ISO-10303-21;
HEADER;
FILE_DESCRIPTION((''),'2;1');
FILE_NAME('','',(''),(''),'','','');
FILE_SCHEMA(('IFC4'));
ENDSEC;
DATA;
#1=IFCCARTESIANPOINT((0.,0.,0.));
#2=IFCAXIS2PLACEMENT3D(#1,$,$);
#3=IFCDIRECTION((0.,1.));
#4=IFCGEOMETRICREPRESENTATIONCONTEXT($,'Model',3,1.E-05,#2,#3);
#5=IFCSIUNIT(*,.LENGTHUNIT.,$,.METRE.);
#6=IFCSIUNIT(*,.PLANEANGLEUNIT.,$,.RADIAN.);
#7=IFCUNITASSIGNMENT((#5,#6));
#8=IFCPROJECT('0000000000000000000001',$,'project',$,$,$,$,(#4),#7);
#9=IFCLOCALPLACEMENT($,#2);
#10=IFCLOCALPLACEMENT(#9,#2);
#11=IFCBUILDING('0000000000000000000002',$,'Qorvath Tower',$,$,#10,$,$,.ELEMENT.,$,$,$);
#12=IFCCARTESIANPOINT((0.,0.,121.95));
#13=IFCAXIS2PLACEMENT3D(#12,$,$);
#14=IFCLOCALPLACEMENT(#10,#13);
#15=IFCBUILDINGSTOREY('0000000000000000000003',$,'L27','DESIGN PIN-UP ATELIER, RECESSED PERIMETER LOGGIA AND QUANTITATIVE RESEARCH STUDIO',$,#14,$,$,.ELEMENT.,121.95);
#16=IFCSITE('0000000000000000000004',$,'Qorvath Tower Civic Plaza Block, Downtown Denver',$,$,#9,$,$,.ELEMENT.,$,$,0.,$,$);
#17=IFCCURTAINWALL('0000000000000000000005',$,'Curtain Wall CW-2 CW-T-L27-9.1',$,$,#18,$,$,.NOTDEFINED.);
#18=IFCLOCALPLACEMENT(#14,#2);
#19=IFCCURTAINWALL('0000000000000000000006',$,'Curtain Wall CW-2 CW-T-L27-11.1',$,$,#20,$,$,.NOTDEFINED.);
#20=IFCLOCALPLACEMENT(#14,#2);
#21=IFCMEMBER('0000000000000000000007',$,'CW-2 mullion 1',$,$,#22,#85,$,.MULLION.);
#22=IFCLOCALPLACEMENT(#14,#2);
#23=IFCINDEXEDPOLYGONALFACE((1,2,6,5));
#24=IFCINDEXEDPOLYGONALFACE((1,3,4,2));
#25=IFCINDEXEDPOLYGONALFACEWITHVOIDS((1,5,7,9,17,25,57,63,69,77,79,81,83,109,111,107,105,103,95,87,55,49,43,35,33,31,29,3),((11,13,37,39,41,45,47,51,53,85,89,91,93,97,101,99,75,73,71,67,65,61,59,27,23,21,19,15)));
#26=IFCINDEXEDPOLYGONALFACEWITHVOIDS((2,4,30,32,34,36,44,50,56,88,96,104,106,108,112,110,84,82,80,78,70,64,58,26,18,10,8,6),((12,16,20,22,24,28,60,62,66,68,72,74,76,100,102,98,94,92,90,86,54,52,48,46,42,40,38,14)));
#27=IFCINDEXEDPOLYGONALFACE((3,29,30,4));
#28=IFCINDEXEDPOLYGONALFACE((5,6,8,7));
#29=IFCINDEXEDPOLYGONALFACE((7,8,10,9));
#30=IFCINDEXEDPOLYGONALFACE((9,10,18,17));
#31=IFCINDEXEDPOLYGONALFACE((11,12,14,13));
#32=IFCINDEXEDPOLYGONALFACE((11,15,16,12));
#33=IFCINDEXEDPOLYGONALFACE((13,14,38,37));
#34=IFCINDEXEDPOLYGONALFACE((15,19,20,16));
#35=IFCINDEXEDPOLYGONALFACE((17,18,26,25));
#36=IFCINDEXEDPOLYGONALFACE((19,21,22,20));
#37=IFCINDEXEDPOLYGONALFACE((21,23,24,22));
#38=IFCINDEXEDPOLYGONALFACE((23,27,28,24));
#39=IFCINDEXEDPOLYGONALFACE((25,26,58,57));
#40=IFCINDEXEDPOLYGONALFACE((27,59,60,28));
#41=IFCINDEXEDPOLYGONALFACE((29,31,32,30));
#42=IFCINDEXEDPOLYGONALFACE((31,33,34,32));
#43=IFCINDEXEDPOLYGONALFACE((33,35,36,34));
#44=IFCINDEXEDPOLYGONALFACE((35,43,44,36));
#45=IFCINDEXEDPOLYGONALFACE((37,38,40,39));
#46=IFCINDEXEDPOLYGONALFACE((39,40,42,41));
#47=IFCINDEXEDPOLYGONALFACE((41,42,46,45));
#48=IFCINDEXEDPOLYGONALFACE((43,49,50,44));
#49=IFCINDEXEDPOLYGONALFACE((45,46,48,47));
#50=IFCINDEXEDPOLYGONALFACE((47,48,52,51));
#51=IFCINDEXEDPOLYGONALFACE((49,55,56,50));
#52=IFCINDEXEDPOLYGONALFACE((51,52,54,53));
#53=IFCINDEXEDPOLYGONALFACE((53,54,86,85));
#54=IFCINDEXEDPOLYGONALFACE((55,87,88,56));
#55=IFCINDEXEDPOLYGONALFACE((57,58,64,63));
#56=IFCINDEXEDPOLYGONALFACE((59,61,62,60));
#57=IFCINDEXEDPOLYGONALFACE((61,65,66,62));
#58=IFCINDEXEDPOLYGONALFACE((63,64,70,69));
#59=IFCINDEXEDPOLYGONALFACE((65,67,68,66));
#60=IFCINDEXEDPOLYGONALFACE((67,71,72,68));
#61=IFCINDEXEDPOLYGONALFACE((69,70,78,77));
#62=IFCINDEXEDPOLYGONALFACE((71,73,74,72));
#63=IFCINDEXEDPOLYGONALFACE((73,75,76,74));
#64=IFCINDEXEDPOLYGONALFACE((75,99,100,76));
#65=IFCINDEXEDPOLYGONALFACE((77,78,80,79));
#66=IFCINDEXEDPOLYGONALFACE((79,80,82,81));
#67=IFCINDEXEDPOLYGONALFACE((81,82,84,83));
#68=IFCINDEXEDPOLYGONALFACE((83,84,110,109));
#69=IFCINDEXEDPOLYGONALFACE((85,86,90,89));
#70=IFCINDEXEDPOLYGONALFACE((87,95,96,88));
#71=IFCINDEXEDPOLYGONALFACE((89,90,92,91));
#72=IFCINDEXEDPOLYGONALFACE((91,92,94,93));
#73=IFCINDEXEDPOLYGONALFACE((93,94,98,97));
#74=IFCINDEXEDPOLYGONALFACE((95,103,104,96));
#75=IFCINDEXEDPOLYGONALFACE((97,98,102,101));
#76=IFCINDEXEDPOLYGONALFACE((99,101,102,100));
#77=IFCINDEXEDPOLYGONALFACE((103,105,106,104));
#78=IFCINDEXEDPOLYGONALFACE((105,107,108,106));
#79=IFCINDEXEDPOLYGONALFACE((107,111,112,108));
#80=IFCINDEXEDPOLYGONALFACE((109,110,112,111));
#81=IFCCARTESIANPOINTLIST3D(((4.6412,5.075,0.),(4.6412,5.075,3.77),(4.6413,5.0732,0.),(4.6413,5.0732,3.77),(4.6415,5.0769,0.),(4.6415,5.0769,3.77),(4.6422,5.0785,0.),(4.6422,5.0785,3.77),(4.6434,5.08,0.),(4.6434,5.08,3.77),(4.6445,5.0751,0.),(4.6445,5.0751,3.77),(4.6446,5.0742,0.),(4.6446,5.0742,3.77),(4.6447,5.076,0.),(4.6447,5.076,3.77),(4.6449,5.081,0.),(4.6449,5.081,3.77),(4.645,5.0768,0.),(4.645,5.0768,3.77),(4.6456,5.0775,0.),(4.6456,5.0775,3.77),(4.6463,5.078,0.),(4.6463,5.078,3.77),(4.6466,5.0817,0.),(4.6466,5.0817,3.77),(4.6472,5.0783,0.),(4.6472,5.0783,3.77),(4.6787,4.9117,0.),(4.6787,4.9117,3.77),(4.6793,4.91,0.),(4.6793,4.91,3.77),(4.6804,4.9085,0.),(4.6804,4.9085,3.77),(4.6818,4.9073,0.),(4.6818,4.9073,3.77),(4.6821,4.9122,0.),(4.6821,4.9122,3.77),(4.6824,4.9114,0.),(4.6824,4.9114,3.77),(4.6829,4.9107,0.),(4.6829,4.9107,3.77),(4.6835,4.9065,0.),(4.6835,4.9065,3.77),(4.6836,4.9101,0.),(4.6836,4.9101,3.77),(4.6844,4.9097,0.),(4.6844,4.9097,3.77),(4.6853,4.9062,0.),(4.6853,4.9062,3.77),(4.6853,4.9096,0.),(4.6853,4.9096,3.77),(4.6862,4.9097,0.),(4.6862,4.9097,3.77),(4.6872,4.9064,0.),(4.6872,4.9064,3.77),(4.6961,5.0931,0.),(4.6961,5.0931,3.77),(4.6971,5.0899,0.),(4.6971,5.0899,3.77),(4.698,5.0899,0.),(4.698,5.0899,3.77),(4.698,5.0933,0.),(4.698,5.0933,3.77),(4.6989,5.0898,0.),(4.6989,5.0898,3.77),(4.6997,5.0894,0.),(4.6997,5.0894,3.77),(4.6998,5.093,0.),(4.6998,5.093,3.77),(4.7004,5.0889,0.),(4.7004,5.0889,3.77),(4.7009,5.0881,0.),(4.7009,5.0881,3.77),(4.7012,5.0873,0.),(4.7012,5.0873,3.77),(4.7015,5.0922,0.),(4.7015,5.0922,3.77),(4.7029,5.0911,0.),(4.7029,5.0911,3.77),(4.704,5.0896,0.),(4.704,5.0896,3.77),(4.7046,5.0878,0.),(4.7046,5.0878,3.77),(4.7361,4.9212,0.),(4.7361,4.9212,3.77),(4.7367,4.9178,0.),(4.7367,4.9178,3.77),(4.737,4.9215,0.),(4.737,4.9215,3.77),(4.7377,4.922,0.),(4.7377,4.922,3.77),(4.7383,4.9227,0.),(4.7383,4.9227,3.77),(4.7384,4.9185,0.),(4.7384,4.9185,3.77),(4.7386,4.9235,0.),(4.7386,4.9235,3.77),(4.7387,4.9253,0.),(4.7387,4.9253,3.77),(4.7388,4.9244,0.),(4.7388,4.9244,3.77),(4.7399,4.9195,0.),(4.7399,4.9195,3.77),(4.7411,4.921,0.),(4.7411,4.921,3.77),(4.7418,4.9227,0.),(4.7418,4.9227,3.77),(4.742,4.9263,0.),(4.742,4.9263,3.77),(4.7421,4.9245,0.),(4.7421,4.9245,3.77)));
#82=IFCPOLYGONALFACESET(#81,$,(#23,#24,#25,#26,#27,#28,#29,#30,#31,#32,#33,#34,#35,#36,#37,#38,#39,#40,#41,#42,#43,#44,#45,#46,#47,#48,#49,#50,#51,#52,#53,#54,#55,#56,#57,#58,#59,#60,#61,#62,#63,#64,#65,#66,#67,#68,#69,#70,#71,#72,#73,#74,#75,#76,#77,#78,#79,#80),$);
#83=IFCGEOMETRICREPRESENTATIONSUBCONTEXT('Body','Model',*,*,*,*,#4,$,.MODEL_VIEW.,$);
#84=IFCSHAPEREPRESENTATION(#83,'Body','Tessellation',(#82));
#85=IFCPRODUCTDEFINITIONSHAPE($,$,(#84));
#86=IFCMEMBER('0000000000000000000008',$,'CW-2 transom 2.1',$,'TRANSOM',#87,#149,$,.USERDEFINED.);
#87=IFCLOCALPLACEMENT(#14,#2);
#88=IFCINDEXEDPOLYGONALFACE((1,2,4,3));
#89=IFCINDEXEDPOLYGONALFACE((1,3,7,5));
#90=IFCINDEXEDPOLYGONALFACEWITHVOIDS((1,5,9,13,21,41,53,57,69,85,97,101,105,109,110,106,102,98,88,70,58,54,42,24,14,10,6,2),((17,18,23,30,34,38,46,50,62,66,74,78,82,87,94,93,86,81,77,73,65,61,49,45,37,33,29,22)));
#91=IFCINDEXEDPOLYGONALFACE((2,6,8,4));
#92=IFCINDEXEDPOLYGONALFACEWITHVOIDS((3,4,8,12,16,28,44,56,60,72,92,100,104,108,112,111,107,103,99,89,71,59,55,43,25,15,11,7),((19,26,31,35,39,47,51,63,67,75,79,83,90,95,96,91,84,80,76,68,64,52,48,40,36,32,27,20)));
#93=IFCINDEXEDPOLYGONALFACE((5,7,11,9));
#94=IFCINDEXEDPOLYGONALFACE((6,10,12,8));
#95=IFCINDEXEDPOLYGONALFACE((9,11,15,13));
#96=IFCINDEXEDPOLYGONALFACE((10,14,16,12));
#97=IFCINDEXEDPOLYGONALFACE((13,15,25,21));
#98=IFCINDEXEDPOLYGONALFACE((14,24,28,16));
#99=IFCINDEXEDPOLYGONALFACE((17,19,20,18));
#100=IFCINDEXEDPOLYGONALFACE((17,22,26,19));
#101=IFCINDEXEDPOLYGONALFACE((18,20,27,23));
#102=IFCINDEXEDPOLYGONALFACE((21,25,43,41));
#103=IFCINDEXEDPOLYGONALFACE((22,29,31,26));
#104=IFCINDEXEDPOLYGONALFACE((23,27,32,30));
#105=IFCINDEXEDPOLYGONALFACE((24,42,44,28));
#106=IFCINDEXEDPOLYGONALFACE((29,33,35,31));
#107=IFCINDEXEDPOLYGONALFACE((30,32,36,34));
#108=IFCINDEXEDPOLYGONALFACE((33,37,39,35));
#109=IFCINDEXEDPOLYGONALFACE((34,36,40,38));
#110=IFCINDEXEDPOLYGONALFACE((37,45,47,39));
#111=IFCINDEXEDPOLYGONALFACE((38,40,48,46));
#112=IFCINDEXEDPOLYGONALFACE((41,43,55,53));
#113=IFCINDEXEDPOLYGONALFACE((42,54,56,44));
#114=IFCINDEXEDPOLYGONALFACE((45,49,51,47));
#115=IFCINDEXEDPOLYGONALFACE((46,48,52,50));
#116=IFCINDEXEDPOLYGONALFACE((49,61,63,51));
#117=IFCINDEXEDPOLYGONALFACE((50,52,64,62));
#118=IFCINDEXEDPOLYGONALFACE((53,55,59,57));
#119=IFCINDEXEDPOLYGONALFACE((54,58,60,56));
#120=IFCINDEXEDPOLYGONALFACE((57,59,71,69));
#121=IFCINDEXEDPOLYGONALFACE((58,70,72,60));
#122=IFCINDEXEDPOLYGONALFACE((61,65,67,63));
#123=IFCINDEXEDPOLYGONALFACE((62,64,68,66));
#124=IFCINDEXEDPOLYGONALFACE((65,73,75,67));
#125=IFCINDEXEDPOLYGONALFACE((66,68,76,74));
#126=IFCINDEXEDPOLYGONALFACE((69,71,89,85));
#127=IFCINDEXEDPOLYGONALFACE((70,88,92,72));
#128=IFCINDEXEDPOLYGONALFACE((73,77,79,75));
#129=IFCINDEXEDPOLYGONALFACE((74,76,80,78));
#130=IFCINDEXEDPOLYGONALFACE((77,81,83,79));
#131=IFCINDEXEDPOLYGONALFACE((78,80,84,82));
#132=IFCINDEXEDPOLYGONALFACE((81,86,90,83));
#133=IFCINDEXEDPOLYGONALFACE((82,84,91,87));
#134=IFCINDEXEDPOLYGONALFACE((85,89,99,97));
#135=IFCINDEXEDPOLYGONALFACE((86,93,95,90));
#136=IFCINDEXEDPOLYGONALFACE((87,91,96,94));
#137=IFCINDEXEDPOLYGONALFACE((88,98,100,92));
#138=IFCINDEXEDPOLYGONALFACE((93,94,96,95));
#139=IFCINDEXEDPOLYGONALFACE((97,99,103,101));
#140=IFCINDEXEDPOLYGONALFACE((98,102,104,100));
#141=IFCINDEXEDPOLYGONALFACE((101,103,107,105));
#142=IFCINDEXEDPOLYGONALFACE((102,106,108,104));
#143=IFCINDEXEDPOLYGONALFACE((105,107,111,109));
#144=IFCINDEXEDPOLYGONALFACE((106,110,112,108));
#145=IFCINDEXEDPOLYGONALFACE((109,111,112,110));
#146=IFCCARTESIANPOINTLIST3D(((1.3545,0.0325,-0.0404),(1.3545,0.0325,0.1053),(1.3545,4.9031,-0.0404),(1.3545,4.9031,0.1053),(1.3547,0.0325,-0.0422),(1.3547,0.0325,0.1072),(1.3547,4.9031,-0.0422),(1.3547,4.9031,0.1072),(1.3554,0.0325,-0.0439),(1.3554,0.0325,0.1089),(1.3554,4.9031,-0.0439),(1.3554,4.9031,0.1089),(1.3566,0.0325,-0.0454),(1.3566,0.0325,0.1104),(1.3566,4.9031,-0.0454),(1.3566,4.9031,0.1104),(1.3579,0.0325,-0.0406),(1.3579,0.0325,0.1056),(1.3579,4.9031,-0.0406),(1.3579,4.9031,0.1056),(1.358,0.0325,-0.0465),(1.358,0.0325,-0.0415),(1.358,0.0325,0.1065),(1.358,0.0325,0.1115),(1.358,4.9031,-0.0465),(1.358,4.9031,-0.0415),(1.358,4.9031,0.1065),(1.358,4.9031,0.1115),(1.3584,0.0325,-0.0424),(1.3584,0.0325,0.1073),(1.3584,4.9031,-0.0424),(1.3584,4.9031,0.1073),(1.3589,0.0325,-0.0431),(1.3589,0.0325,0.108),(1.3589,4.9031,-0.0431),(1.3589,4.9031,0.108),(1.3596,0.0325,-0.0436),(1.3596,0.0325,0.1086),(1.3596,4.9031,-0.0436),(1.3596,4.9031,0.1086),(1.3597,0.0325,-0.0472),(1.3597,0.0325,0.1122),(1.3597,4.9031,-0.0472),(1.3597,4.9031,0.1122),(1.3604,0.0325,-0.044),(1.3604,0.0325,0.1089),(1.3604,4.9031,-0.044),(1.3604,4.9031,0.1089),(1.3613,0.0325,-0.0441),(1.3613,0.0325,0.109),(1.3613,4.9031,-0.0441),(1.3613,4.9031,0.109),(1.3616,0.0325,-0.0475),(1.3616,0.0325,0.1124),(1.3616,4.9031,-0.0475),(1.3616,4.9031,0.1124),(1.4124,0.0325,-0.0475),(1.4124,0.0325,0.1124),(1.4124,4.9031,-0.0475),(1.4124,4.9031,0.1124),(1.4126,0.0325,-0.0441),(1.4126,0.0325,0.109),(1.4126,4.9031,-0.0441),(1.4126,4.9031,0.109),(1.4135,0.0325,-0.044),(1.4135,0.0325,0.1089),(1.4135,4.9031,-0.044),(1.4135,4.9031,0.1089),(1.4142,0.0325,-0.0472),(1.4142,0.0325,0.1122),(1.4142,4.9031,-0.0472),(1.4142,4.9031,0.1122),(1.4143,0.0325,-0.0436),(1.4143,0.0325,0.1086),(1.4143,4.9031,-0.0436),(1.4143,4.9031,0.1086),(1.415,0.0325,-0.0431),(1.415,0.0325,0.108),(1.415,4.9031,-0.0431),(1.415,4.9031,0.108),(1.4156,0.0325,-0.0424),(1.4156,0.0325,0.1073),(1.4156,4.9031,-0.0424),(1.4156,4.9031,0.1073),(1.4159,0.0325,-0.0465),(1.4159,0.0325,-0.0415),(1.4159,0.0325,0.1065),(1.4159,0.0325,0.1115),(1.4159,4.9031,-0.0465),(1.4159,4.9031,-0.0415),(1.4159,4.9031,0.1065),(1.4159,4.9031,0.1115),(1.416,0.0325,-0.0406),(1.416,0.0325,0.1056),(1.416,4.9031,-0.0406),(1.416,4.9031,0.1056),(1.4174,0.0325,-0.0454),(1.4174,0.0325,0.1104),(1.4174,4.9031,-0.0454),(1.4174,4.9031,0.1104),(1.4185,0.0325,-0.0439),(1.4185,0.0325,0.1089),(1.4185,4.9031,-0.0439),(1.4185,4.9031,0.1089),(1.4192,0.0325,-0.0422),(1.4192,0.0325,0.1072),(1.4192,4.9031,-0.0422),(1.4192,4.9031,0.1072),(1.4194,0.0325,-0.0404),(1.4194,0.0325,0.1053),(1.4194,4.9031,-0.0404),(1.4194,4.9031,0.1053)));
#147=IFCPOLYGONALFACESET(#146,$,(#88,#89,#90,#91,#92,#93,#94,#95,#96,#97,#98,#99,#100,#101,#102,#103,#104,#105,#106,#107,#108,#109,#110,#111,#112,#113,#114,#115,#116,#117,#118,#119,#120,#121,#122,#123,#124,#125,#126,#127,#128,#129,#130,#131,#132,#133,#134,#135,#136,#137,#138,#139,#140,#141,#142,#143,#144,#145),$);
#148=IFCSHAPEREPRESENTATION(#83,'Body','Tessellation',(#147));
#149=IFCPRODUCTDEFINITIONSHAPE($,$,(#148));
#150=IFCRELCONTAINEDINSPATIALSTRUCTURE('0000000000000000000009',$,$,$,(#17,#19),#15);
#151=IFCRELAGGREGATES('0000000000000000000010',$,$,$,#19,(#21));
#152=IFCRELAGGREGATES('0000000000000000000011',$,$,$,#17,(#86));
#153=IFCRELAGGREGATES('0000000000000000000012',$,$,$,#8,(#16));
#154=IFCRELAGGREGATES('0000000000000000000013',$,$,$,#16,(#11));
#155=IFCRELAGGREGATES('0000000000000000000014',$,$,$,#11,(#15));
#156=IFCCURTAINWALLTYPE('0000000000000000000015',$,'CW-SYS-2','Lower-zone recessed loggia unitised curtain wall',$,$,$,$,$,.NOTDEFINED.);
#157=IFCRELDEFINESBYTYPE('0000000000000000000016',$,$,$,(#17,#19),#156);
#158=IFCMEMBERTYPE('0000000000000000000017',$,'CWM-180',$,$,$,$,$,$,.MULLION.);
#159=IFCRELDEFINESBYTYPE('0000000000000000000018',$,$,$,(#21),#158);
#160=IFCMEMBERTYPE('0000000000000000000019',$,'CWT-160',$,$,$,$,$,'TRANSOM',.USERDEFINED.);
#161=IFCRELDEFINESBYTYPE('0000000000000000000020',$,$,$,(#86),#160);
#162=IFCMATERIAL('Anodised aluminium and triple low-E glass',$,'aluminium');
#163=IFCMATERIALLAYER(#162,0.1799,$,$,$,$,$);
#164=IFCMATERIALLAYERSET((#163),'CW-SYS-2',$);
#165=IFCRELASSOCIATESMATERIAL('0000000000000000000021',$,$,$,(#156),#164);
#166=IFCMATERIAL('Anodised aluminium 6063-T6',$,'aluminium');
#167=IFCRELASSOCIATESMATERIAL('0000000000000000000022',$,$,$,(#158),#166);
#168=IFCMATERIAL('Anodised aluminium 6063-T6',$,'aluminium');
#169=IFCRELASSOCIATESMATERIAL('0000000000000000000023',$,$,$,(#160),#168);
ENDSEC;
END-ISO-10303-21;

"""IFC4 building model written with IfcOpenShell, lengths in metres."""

from ifc_helpers import new_model, si_unit, direction, frame, origin, origin_2d, place, context, subcontext, project, spatial, hollow_rectangle, extrude, material, layer, layer_set, material_profile, profile_set, type_object, element, aggregate, save


model = new_model("IFC4")

# Units and contexts
model_context = context("Model", 3, precision=1e-05, world=origin(), true_north=direction((0.0, 1.0)))
body_context = subcontext(model_context, "Body", "Model", "MODEL_VIEW")
ifc_project = project(units=[si_unit("LENGTHUNIT", "METRE"), si_unit("PLANEANGLEUNIT", "RADIAN")], contexts=[model_context])

# Site, building, storey
site_placement = place(None, origin())
site = spatial("IfcSite", under=ifc_project, at=site_placement, Name="Qorvath Tower Civic Plaza Block, Downtown Denver", CompositionType="ELEMENT", RefElevation=0.0)
building_placement = place(site_placement, origin())
building = spatial("IfcBuilding", under=site, at=building_placement, Name="Qorvath Tower", CompositionType="ELEMENT")
storey_placement = place(building_placement, frame((0.0, 0.0, 121.95)))
storey = spatial("IfcBuildingStorey", under=building, at=storey_placement, Name="L27", Description="DESIGN PIN-UP ATELIER, RECESSED PERIMETER LOGGIA AND QUANTITATIVE RESEARCH STUDIO", CompositionType="ELEMENT", Elevation=121.95)

# Curtain wall
ifc_material_1 = material(Name="Anodised aluminium and triple low-E glass", Category="aluminium")
ifc_layer_1 = layer(ifc_material_1, 0.1799)
ifc_layer_set_1 = layer_set([ifc_layer_1], Name="CW-SYS-2")
curtain_wall_type = type_object("IfcCurtainWallType", Name="CW-SYS-2", Description="Lower-zone recessed loggia unitised curtain wall", PredefinedType="NOTDEFINED", material=ifc_layer_set_1)
curtain_wall_1_placement = place(storey_placement, origin())
curtain_wall_1 = element("IfcCurtainWall", 1, at=curtain_wall_1_placement, inside=storey, type_object=curtain_wall_type, Name="Curtain Wall CW-2 CW-T-L27-9.1", PredefinedType="NOTDEFINED")
ifc_material_2 = material(Name="Anodised aluminium 6063-T6", Category="aluminium")
ifc_material_profile_1 = material_profile(ifc_material_2, hollow_rectangle(XDim=0.0649, YDim=0.1799, WallThickness=0.0034, InnerFilletRadius=0.0034, OuterFilletRadius=0.0071, at=origin_2d()), Name="CWM 180x65")
ifc_profile_set_1 = profile_set([ifc_material_profile_1], Name="Anodised aluminium 6063-T6")
member_type_1 = type_object("IfcMemberType", Name="CWM-180", PredefinedType="MULLION", material=ifc_profile_set_1)

# Curtain wall, member
curtain_wall_2_placement = place(storey_placement, origin())
curtain_wall_2 = element("IfcCurtainWall", 2, at=curtain_wall_2_placement, inside=storey, type_object=curtain_wall_type, Name="Curtain Wall CW-2 CW-T-L27-11.1", PredefinedType="NOTDEFINED")
member_1_placement = place(storey_placement, frame((4.6917, 4.9998, 0.0), z_axis=(0.0, 0.0, 1.0), x_axis=(-0.974296, -0.22527, 0.0)))
member_1 = element("IfcMember", 3, at=member_1_placement, type_object=member_type_1, Name="CW-2 mullion 1", PredefinedType="MULLION", context=body_context, shape_type="SweptSolid", body=[
    extrude(hollow_rectangle(XDim=0.0649, YDim=0.1799, WallThickness=0.0034, InnerFilletRadius=0.0034, OuterFilletRadius=0.0071, at=origin_2d()), origin(), (0.0, 0.0, 1.0), 3.77),
])

# Member
ifc_material_3 = material(Name="Anodised aluminium 6063-T6", Category="aluminium")
ifc_material_profile_2 = material_profile(ifc_material_3, hollow_rectangle(XDim=0.0649, YDim=0.1599, WallThickness=0.0034, InnerFilletRadius=0.0034, OuterFilletRadius=0.0071, at=origin_2d()), Name="CWT 160x65")
ifc_profile_set_2 = profile_set([ifc_material_profile_2], Name="Anodised aluminium 6063-T6")
member_type_2 = type_object("IfcMemberType", Name="CWT-160", ElementType="TRANSOM", PredefinedType="USERDEFINED", material=ifc_profile_set_2)
member_2_placement = place(storey_placement, frame((1.387, 0.0325, 0.0325), z_axis=(0.0, 1.0, 0.0), x_axis=(-1.0, 0.0, 0.0)))
member_2 = element("IfcMember", 4, at=member_2_placement, type_object=member_type_2, Name="CW-2 transom 2.1", ObjectType="TRANSOM", PredefinedType="USERDEFINED", context=body_context, shape_type="SweptSolid", body=[
    extrude(hollow_rectangle(XDim=0.0649, YDim=0.1599, WallThickness=0.0034, InnerFilletRadius=0.0034, OuterFilletRadius=0.0071, at=origin_2d()), origin(), (0.0, 0.0, 1.0), 4.8706),
])
aggregate(curtain_wall_2, [member_1])

aggregate(curtain_wall_1, [member_2])

save(model, "model.ifc")
